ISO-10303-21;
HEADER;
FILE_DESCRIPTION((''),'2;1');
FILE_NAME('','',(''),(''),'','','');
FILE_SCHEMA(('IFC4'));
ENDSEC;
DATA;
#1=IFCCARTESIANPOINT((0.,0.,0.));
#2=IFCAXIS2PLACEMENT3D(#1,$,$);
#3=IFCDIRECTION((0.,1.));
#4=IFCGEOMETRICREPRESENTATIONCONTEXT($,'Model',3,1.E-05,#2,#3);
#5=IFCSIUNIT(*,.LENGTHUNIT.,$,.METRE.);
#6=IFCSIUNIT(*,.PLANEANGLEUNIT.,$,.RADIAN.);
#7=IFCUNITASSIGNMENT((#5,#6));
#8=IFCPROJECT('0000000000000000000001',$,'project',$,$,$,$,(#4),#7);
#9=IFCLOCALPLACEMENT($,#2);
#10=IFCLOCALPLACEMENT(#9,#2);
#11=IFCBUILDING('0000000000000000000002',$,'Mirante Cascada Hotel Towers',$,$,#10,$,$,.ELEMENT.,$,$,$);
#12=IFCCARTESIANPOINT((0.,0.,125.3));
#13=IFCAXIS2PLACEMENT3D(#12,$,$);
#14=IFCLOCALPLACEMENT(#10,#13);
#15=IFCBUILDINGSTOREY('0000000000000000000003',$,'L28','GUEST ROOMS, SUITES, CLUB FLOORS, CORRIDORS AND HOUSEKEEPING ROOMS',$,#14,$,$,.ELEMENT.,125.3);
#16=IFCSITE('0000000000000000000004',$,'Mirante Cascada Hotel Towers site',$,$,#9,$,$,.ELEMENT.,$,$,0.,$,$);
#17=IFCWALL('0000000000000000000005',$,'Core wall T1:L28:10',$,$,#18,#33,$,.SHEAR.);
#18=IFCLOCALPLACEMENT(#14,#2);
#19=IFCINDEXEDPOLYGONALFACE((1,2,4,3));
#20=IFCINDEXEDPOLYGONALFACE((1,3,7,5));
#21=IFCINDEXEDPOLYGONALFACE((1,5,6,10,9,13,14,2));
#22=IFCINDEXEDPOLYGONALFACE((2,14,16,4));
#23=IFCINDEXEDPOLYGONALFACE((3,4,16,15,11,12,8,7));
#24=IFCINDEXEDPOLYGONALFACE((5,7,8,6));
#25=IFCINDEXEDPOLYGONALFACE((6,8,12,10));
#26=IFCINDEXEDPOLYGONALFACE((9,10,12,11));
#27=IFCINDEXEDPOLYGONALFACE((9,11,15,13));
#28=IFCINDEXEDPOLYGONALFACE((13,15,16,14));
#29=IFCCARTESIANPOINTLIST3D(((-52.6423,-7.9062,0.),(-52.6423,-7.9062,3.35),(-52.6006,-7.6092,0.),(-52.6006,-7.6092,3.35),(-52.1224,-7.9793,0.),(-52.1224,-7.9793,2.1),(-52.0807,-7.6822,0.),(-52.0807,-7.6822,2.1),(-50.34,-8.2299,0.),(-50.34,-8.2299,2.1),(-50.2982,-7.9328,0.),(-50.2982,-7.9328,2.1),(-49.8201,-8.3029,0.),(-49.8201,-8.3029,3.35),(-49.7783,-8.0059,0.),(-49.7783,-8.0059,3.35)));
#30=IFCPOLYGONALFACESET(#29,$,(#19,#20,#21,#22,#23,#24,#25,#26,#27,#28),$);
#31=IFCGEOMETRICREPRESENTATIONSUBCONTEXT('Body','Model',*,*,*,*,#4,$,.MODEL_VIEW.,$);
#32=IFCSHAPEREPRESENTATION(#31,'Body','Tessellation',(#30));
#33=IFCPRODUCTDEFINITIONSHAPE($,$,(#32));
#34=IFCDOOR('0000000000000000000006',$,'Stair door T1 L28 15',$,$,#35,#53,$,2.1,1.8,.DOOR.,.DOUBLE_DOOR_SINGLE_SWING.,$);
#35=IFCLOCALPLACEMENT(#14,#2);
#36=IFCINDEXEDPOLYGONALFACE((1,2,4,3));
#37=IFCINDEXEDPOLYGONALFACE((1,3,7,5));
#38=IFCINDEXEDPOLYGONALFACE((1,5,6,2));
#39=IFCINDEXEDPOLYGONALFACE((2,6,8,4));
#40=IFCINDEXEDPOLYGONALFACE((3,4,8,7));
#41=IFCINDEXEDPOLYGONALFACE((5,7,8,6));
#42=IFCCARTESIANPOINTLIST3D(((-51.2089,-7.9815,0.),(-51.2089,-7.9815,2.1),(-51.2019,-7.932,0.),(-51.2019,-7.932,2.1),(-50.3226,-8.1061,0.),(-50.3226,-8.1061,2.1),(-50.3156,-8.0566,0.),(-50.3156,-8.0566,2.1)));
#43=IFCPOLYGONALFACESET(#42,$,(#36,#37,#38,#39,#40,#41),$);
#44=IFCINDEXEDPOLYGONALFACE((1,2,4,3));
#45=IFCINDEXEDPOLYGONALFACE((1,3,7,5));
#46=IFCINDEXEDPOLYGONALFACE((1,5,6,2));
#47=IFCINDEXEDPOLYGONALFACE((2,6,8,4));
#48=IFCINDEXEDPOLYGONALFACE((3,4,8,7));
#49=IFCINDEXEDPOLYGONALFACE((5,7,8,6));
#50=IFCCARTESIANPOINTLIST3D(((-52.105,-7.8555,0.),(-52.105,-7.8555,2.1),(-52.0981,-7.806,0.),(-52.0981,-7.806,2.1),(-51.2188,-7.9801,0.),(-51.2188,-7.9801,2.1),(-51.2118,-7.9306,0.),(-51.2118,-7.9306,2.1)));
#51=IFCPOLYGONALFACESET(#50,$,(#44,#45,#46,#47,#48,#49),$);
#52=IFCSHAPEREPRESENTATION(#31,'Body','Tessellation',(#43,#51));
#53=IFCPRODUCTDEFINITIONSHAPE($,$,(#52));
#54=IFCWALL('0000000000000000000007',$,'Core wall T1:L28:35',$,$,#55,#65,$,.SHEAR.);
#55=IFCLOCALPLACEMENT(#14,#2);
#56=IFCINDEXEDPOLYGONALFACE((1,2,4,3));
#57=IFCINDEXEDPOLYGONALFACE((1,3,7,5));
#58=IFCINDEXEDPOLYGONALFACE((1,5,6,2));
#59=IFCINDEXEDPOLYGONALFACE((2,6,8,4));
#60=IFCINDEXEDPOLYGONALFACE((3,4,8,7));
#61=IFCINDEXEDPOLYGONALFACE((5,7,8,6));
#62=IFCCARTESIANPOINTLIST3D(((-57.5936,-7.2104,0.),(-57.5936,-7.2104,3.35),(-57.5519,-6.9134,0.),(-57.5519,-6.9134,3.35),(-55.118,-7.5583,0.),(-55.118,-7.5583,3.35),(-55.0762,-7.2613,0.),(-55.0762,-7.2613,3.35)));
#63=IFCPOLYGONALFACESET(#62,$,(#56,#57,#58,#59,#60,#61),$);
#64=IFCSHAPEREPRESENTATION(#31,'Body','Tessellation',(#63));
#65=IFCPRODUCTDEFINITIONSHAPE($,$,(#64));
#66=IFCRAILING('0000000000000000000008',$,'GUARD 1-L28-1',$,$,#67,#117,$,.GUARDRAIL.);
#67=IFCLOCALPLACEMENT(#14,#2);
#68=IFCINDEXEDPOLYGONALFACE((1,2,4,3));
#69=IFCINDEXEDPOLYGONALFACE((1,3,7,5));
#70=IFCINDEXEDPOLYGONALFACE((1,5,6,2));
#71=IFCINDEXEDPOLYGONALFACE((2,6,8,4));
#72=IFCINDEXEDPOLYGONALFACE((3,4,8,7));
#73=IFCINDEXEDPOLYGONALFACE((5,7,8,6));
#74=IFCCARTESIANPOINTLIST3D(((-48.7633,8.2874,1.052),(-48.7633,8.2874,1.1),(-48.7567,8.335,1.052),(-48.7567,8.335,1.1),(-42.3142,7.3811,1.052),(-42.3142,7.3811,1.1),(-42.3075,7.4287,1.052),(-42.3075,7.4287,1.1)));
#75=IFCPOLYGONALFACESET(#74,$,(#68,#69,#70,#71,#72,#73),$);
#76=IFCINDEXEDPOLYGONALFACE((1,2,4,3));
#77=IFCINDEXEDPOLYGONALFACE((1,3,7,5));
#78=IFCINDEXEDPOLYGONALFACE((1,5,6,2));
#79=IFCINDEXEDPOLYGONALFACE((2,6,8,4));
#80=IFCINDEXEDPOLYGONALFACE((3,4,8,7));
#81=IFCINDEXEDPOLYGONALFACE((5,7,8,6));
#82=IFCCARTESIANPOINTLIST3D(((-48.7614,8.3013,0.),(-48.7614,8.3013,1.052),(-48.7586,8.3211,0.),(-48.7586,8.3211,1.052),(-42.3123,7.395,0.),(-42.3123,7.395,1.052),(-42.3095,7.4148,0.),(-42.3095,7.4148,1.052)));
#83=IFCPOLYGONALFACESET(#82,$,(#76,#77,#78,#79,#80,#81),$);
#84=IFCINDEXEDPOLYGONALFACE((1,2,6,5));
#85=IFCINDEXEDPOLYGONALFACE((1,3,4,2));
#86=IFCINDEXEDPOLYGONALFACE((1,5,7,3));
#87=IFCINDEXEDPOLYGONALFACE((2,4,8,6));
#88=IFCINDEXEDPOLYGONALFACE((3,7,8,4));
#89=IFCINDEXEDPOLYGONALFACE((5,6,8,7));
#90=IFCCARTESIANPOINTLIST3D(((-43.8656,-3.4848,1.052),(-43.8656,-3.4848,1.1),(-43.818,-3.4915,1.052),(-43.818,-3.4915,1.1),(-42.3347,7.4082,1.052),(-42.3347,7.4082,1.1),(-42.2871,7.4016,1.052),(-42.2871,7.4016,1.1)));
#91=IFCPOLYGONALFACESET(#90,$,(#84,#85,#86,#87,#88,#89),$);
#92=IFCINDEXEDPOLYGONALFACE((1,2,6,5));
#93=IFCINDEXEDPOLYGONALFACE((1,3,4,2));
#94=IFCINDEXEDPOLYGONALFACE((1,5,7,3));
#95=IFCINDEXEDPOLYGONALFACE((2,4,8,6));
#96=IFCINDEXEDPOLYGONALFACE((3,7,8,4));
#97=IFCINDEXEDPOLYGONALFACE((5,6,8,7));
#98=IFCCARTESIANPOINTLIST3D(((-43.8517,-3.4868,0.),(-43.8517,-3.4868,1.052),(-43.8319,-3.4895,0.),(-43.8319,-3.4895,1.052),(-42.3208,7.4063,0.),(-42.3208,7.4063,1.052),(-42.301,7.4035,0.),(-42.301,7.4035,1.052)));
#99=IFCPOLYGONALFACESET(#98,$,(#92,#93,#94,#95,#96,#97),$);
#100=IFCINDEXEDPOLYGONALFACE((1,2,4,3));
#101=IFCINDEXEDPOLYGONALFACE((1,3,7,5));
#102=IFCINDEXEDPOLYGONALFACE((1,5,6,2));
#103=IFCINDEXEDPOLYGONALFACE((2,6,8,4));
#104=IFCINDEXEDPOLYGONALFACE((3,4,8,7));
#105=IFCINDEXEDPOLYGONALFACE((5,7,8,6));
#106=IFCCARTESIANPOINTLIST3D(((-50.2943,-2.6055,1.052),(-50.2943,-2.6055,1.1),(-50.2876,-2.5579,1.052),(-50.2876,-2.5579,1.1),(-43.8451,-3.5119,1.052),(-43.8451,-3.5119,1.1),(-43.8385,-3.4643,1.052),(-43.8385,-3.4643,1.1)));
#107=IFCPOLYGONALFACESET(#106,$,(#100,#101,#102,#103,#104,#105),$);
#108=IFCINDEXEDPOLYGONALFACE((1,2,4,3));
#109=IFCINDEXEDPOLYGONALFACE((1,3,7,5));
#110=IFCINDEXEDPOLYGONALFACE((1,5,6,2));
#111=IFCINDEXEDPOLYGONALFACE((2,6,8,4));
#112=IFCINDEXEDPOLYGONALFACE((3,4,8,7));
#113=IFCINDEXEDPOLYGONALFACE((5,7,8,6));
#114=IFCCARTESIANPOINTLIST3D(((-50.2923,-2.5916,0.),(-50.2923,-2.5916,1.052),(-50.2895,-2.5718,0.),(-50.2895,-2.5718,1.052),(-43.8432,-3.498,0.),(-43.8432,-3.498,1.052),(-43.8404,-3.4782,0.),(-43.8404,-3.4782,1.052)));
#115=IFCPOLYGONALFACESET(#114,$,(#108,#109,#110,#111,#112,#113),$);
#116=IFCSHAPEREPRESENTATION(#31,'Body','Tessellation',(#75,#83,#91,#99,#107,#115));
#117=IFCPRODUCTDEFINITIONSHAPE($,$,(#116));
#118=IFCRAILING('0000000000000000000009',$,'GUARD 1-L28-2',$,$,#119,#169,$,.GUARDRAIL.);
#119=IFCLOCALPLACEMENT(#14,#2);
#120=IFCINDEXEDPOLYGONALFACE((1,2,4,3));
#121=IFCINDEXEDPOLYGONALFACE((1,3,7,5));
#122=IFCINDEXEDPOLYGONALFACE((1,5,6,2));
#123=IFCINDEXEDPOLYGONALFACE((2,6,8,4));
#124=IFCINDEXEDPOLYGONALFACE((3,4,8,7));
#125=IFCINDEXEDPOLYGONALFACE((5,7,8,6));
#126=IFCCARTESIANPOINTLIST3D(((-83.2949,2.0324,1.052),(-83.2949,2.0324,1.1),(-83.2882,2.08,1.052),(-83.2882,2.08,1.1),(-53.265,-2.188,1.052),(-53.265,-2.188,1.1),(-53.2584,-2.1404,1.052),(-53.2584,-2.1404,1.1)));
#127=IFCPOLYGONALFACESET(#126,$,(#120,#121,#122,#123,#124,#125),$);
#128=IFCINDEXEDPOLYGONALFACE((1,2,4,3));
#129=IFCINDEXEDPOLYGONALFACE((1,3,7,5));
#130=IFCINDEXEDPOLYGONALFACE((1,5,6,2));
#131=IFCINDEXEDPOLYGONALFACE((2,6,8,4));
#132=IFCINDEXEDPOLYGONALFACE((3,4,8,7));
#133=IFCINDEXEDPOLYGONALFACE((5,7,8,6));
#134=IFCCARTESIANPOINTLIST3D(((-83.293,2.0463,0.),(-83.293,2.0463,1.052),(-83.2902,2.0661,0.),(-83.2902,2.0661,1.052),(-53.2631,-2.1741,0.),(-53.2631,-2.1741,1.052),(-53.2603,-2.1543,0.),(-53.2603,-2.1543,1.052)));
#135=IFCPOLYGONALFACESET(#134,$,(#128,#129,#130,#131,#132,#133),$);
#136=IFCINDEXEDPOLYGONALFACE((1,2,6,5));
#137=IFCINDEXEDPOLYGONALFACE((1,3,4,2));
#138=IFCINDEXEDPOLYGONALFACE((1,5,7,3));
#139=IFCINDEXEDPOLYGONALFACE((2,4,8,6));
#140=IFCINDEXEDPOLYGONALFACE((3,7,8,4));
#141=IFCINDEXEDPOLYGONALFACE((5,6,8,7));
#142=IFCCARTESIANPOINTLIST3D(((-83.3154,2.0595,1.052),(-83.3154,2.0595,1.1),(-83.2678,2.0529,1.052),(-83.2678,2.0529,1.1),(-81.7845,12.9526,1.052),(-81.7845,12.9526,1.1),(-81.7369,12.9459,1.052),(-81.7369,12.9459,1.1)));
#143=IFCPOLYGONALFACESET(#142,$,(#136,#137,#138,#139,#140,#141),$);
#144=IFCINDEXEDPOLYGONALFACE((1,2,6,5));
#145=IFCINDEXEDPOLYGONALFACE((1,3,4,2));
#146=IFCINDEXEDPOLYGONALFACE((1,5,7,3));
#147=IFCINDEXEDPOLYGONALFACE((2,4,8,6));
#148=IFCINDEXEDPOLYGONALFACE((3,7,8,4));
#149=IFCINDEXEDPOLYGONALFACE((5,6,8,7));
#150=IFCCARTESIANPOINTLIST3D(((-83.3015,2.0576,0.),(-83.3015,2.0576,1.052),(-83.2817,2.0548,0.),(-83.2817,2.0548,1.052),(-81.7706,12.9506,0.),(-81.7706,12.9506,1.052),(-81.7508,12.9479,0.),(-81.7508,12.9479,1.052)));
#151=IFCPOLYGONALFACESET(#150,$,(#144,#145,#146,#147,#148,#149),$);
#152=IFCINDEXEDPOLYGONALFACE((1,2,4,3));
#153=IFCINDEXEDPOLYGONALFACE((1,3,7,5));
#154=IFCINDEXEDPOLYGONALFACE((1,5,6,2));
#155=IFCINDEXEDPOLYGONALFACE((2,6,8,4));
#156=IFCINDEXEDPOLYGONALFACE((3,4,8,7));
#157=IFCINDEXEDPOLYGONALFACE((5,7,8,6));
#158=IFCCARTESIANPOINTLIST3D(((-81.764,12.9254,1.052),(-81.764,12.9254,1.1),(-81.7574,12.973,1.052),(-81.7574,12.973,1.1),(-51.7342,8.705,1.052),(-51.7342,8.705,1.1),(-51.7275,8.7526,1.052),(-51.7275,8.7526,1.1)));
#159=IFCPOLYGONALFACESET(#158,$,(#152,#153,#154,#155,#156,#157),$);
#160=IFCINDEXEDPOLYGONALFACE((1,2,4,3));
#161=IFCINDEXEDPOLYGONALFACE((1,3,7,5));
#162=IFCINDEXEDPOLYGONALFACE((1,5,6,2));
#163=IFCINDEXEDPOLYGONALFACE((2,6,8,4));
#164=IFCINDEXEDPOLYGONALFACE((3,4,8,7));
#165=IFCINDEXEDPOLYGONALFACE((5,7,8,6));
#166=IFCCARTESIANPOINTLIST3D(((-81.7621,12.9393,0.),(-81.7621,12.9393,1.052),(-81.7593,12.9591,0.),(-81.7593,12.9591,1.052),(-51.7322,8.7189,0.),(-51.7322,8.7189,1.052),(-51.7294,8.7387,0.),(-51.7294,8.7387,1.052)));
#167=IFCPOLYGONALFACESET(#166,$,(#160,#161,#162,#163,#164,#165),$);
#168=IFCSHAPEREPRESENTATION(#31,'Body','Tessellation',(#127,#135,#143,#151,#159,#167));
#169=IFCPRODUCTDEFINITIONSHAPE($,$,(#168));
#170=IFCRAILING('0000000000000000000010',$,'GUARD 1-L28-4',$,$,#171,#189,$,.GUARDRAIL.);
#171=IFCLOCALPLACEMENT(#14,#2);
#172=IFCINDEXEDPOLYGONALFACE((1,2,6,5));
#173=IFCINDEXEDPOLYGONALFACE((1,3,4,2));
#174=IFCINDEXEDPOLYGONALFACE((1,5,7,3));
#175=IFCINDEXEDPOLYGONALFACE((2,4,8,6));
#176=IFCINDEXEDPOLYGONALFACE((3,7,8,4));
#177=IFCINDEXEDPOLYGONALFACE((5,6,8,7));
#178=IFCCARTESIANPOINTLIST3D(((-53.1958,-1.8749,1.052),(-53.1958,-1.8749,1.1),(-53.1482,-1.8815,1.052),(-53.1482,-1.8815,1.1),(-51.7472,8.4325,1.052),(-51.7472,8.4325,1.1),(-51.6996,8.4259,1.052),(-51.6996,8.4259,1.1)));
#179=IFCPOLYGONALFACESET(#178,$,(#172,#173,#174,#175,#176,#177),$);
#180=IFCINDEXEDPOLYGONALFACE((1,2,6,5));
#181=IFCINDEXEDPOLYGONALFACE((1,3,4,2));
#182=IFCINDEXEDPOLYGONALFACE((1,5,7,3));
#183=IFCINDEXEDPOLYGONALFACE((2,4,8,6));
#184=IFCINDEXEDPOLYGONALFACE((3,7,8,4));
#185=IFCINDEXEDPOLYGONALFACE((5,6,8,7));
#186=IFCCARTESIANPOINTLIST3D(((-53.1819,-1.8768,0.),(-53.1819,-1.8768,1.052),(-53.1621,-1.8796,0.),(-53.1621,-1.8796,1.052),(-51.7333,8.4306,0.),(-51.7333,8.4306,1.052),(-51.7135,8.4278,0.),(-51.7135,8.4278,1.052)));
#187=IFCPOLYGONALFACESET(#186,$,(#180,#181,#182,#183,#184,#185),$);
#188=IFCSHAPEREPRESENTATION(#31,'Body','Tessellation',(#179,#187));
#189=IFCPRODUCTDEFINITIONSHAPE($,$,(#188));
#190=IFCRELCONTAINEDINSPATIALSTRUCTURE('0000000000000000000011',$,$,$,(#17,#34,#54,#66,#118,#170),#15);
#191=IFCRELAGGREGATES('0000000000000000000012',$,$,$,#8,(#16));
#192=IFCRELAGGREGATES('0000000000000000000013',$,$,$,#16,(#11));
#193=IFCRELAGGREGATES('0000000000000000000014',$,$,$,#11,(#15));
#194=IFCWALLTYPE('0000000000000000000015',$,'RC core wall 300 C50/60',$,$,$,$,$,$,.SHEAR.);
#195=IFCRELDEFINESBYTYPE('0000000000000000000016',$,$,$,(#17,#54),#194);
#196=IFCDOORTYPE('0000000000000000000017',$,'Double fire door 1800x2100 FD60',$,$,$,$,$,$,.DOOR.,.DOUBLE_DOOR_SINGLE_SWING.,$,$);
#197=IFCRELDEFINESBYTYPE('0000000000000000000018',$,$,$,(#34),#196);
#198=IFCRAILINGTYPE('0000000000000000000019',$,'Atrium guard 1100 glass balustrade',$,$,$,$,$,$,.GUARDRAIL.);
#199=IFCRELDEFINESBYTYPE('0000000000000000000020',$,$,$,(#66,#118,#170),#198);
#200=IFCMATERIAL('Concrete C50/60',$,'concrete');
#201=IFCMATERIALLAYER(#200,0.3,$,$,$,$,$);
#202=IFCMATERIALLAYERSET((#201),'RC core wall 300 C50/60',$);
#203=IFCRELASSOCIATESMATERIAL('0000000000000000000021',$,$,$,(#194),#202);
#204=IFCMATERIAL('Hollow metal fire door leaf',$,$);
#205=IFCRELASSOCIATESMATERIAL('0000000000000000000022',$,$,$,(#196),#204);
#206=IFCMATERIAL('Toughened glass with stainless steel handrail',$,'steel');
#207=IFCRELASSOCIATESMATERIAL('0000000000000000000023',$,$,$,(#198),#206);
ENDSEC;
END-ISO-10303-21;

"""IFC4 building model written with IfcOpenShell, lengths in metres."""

from ifc_helpers import new_model, si_unit, direction, frame, frame_2d, origin, origin_2d, place, context, subcontext, project, spatial, rectangle, extrude, material, layer, layer_set, type_object, element, fill, save


model = new_model("IFC4")

# Units and contexts
model_context = context("Model", 3, precision=1e-05, world=origin(), true_north=direction((0.0, 1.0)))
body_context = subcontext(model_context, "Body", "Model", "MODEL_VIEW")
ifc_project = project(units=[si_unit("LENGTHUNIT", "METRE"), si_unit("PLANEANGLEUNIT", "RADIAN")], contexts=[model_context])

# Site, building, storey
site_placement = place(None, origin())
site = spatial("IfcSite", under=ifc_project, at=site_placement, Name="Mirante Cascada Hotel Towers site", CompositionType="ELEMENT", RefElevation=0.0)
building_placement = place(site_placement, origin())
building = spatial("IfcBuilding", under=site, at=building_placement, Name="Mirante Cascada Hotel Towers", CompositionType="ELEMENT")
storey_placement = place(building_placement, frame((0.0, 0.0, 125.3)))
storey = spatial("IfcBuildingStorey", under=building, at=storey_placement, Name="L28", Description="GUEST ROOMS, SUITES, CLUB FLOORS, CORRIDORS AND HOUSEKEEPING ROOMS", CompositionType="ELEMENT", Elevation=125.3)

# Wall, opening, door
ifc_material_1 = material(Name="Concrete C50/60", Category="concrete")
ifc_layer_1 = layer(ifc_material_1, 0.3)
ifc_layer_set_1 = layer_set([ifc_layer_1], Name="RC core wall 300 C50/60")
wall_type_1 = type_object("IfcWallType", Name="RC core wall 300 C50/60", PredefinedType="SHEAR", material=ifc_layer_set_1)
wall_1_placement = place(storey_placement, frame((-49.7992, -8.1544, 0.0), z_axis=(0.0, 0.0, 1.0), x_axis=(-0.990266, 0.139191, 0.0)))
wall_1 = element("IfcWall", 1, at=wall_1_placement, inside=storey, type_object=wall_type_1, Name="Core wall T1:L28:10", PredefinedType="SHEAR", context=body_context, shape_type="SweptSolid", body=[
    extrude(rectangle(XDim=2.85, YDim=0.3, at=frame_2d((1.425, 0.0))), origin(), (0.0, 0.0, 1.0), 3.35),
])
opening_1_placement = place(wall_1_placement, frame((0.525, 0.0, 0.0)))
opening_1 = element("IfcOpeningElement", 2, at=opening_1_placement, cuts=wall_1, PredefinedType="OPENING", context=body_context, shape_type="SweptSolid", body=[
    extrude(rectangle(XDim=1.8, YDim=2.1, at=frame_2d((0.9, 1.05))), frame((0.0, 0.15, 0.0), z_axis=(0.0, -1.0, 0.0), x_axis=(1.0, 0.0, 0.0)), (0.0, 0.0, 1.0), 0.3),
])
ifc_material_2 = material(Name="Hollow metal fire door leaf")
door_type_1 = type_object("IfcDoorType", Name="Double fire door 1800x2100 FD60", OperationType="DOUBLE_DOOR_SINGLE_SWING", PredefinedType="DOOR", material=ifc_material_2)
door_1_placement = place(opening_1_placement, origin())
door_1 = element("IfcDoor", 3, at=door_1_placement, inside=storey, type_object=door_type_1, Name="Stair door T1 L28 15", OperationType="DOUBLE_DOOR_SINGLE_SWING", OverallHeight=2.1, OverallWidth=1.8, PredefinedType="DOOR", context=body_context, shape_type="SweptSolid", body=[
    extrude(rectangle(XDim=0.895, YDim=2.1, at=frame_2d((0.4475, 1.05))), frame((0.0, 0.025, 0.0), z_axis=(0.0, -1.0, 0.0), x_axis=(1.0, 0.0, 0.0)), (0.0, 0.0, 1.0), 0.05),
    extrude(rectangle(XDim=0.895, YDim=2.1, at=frame_2d((1.3525, 1.05))), frame((0.0, 0.025, 0.0), z_axis=(0.0, -1.0, 0.0), x_axis=(1.0, 0.0, 0.0)), (0.0, 0.0, 1.0), 0.05),
])
fill(opening_1, door_1)

# Wall
wall_2_placement = place(storey_placement, frame((-55.0971, -7.4098, 0.0), z_axis=(0.0, 0.0, 1.0), x_axis=(-0.99027, 0.139159, 0.0)))
element("IfcWall", 4, at=wall_2_placement, inside=storey, type_object=wall_type_1, Name="Core wall T1:L28:35", PredefinedType="SHEAR", context=body_context, shape_type="SweptSolid", body=[
    extrude(rectangle(XDim=2.5, YDim=0.3, at=frame_2d((1.25, 0.0))), origin(), (0.0, 0.0, 1.0), 3.35),
])

# Railings
ifc_material_3 = material(Name="Toughened glass with stainless steel handrail", Category="steel")
railing_type = type_object("IfcRailingType", Name="Atrium guard 1100 glass balustrade", PredefinedType="GUARDRAIL", material=ifc_material_3)
railing_1_placement = place(storey_placement, frame((-48.76, 8.3112, 0.0)))
element("IfcRailing", 5, at=railing_1_placement, inside=storey, type_object=railing_type, Name="GUARD 1-L28-1", PredefinedType="GUARDRAIL", context=body_context, shape_type="SweptSolid", body=[
    extrude(rectangle(XDim=0.048, YDim=0.048, at=origin_2d()), frame((0.0, 0.0, 1.076), z_axis=(0.990269, -0.139164, 0.0), x_axis=(0.139164, 0.990269, 0.0)), (0.0, 0.0, 1.0), 6.5125),
    extrude(rectangle(XDim=0.02, YDim=1.052, at=origin_2d()), frame((0.0, 0.0, 0.526), z_axis=(0.990269, -0.139164, 0.0), x_axis=(0.139164, 0.990269, 0.0)), (0.0, 0.0, 1.0), 6.5125),
    extrude(rectangle(XDim=0.048, YDim=0.048, at=origin_2d()), frame((6.4491, -0.9063, 1.076), z_axis=(-0.139172, -0.990268, 0.0), x_axis=(0.990268, -0.139172, 0.0)), (0.0, 0.0, 1.0), 11.0001),
    extrude(rectangle(XDim=0.02, YDim=1.052, at=origin_2d()), frame((6.4491, -0.9063, 0.526), z_axis=(-0.139172, -0.990268, 0.0), x_axis=(0.990268, -0.139172, 0.0)), (0.0, 0.0, 1.0), 11.0001),
    extrude(rectangle(XDim=0.048, YDim=0.048, at=origin_2d()), frame((4.9182, -11.7993, 1.076), z_axis=(-0.990267, 0.139179, 0.0), x_axis=(-0.139179, -0.990267, 0.0)), (0.0, 0.0, 1.0), 6.5125),
    extrude(rectangle(XDim=0.02, YDim=1.052, at=origin_2d()), frame((4.9182, -11.7993, 0.526), z_axis=(-0.990267, 0.139179, 0.0), x_axis=(-0.139179, -0.990267, 0.0)), (0.0, 0.0, 1.0), 6.5125),
])
railing_2_placement = place(storey_placement, frame((-53.2617, -2.1642, 0.0)))
element("IfcRailing", 6, at=railing_2_placement, inside=storey, type_object=railing_type, Name="GUARD 1-L28-2", PredefinedType="GUARDRAIL", context=body_context, shape_type="SweptSolid", body=[
    extrude(rectangle(XDim=0.048, YDim=0.048, at=origin_2d()), frame((0.0, 0.0, 1.076), z_axis=(-0.990268, 0.139172, 0.0), x_axis=(-0.139172, -0.990268, 0.0)), (0.0, 0.0, 1.0), 30.325),
    extrude(rectangle(XDim=0.02, YDim=1.052, at=origin_2d()), frame((0.0, 0.0, 0.526), z_axis=(-0.990268, 0.139172, 0.0), x_axis=(-0.139172, -0.990268, 0.0)), (0.0, 0.0, 1.0), 30.325),
    extrude(rectangle(XDim=0.048, YDim=0.048, at=origin_2d()), frame((-30.0299, 4.2204, 1.076), z_axis=(0.139172, 0.990268, 0.0), x_axis=(-0.990268, 0.139172, 0.0)), (0.0, 0.0, 1.0), 11.0001),
    extrude(rectangle(XDim=0.02, YDim=1.052, at=origin_2d()), frame((-30.0299, 4.2204, 0.526), z_axis=(0.139172, 0.990268, 0.0), x_axis=(-0.990268, 0.139172, 0.0)), (0.0, 0.0, 1.0), 11.0001),
    extrude(rectangle(XDim=0.048, YDim=0.048, at=origin_2d()), frame((-28.499, 15.1134, 1.076), z_axis=(0.990268, -0.139172, 0.0), x_axis=(0.139172, 0.990268, 0.0)), (0.0, 0.0, 1.0), 30.325),
    extrude(rectangle(XDim=0.02, YDim=1.052, at=origin_2d()), frame((-28.499, 15.1134, 0.526), z_axis=(0.990268, -0.139172, 0.0), x_axis=(0.139172, 0.990268, 0.0)), (0.0, 0.0, 1.0), 30.325),
])
railing_3_placement = place(storey_placement, frame((-53.172, -1.8782, 0.0)))
element("IfcRailing", 7, at=railing_3_placement, inside=storey, type_object=railing_type, Name="GUARD 1-L28-4", PredefinedType="GUARDRAIL", context=body_context, shape_type="SweptSolid", body=[
    extrude(rectangle(XDim=0.048, YDim=0.048, at=origin_2d()), frame((0.0, 0.0, 1.076), z_axis=(0.139172, 0.990268, 0.0), x_axis=(-0.990268, 0.139172, 0.0)), (0.0, 0.0, 1.0), 10.4087),
    extrude(rectangle(XDim=0.02, YDim=1.052, at=origin_2d()), frame((0.0, 0.0, 0.526), z_axis=(0.139172, 0.990268, 0.0), x_axis=(-0.990268, 0.139172, 0.0)), (0.0, 0.0, 1.0), 10.4087),
])

save(model, "model.ifc")
